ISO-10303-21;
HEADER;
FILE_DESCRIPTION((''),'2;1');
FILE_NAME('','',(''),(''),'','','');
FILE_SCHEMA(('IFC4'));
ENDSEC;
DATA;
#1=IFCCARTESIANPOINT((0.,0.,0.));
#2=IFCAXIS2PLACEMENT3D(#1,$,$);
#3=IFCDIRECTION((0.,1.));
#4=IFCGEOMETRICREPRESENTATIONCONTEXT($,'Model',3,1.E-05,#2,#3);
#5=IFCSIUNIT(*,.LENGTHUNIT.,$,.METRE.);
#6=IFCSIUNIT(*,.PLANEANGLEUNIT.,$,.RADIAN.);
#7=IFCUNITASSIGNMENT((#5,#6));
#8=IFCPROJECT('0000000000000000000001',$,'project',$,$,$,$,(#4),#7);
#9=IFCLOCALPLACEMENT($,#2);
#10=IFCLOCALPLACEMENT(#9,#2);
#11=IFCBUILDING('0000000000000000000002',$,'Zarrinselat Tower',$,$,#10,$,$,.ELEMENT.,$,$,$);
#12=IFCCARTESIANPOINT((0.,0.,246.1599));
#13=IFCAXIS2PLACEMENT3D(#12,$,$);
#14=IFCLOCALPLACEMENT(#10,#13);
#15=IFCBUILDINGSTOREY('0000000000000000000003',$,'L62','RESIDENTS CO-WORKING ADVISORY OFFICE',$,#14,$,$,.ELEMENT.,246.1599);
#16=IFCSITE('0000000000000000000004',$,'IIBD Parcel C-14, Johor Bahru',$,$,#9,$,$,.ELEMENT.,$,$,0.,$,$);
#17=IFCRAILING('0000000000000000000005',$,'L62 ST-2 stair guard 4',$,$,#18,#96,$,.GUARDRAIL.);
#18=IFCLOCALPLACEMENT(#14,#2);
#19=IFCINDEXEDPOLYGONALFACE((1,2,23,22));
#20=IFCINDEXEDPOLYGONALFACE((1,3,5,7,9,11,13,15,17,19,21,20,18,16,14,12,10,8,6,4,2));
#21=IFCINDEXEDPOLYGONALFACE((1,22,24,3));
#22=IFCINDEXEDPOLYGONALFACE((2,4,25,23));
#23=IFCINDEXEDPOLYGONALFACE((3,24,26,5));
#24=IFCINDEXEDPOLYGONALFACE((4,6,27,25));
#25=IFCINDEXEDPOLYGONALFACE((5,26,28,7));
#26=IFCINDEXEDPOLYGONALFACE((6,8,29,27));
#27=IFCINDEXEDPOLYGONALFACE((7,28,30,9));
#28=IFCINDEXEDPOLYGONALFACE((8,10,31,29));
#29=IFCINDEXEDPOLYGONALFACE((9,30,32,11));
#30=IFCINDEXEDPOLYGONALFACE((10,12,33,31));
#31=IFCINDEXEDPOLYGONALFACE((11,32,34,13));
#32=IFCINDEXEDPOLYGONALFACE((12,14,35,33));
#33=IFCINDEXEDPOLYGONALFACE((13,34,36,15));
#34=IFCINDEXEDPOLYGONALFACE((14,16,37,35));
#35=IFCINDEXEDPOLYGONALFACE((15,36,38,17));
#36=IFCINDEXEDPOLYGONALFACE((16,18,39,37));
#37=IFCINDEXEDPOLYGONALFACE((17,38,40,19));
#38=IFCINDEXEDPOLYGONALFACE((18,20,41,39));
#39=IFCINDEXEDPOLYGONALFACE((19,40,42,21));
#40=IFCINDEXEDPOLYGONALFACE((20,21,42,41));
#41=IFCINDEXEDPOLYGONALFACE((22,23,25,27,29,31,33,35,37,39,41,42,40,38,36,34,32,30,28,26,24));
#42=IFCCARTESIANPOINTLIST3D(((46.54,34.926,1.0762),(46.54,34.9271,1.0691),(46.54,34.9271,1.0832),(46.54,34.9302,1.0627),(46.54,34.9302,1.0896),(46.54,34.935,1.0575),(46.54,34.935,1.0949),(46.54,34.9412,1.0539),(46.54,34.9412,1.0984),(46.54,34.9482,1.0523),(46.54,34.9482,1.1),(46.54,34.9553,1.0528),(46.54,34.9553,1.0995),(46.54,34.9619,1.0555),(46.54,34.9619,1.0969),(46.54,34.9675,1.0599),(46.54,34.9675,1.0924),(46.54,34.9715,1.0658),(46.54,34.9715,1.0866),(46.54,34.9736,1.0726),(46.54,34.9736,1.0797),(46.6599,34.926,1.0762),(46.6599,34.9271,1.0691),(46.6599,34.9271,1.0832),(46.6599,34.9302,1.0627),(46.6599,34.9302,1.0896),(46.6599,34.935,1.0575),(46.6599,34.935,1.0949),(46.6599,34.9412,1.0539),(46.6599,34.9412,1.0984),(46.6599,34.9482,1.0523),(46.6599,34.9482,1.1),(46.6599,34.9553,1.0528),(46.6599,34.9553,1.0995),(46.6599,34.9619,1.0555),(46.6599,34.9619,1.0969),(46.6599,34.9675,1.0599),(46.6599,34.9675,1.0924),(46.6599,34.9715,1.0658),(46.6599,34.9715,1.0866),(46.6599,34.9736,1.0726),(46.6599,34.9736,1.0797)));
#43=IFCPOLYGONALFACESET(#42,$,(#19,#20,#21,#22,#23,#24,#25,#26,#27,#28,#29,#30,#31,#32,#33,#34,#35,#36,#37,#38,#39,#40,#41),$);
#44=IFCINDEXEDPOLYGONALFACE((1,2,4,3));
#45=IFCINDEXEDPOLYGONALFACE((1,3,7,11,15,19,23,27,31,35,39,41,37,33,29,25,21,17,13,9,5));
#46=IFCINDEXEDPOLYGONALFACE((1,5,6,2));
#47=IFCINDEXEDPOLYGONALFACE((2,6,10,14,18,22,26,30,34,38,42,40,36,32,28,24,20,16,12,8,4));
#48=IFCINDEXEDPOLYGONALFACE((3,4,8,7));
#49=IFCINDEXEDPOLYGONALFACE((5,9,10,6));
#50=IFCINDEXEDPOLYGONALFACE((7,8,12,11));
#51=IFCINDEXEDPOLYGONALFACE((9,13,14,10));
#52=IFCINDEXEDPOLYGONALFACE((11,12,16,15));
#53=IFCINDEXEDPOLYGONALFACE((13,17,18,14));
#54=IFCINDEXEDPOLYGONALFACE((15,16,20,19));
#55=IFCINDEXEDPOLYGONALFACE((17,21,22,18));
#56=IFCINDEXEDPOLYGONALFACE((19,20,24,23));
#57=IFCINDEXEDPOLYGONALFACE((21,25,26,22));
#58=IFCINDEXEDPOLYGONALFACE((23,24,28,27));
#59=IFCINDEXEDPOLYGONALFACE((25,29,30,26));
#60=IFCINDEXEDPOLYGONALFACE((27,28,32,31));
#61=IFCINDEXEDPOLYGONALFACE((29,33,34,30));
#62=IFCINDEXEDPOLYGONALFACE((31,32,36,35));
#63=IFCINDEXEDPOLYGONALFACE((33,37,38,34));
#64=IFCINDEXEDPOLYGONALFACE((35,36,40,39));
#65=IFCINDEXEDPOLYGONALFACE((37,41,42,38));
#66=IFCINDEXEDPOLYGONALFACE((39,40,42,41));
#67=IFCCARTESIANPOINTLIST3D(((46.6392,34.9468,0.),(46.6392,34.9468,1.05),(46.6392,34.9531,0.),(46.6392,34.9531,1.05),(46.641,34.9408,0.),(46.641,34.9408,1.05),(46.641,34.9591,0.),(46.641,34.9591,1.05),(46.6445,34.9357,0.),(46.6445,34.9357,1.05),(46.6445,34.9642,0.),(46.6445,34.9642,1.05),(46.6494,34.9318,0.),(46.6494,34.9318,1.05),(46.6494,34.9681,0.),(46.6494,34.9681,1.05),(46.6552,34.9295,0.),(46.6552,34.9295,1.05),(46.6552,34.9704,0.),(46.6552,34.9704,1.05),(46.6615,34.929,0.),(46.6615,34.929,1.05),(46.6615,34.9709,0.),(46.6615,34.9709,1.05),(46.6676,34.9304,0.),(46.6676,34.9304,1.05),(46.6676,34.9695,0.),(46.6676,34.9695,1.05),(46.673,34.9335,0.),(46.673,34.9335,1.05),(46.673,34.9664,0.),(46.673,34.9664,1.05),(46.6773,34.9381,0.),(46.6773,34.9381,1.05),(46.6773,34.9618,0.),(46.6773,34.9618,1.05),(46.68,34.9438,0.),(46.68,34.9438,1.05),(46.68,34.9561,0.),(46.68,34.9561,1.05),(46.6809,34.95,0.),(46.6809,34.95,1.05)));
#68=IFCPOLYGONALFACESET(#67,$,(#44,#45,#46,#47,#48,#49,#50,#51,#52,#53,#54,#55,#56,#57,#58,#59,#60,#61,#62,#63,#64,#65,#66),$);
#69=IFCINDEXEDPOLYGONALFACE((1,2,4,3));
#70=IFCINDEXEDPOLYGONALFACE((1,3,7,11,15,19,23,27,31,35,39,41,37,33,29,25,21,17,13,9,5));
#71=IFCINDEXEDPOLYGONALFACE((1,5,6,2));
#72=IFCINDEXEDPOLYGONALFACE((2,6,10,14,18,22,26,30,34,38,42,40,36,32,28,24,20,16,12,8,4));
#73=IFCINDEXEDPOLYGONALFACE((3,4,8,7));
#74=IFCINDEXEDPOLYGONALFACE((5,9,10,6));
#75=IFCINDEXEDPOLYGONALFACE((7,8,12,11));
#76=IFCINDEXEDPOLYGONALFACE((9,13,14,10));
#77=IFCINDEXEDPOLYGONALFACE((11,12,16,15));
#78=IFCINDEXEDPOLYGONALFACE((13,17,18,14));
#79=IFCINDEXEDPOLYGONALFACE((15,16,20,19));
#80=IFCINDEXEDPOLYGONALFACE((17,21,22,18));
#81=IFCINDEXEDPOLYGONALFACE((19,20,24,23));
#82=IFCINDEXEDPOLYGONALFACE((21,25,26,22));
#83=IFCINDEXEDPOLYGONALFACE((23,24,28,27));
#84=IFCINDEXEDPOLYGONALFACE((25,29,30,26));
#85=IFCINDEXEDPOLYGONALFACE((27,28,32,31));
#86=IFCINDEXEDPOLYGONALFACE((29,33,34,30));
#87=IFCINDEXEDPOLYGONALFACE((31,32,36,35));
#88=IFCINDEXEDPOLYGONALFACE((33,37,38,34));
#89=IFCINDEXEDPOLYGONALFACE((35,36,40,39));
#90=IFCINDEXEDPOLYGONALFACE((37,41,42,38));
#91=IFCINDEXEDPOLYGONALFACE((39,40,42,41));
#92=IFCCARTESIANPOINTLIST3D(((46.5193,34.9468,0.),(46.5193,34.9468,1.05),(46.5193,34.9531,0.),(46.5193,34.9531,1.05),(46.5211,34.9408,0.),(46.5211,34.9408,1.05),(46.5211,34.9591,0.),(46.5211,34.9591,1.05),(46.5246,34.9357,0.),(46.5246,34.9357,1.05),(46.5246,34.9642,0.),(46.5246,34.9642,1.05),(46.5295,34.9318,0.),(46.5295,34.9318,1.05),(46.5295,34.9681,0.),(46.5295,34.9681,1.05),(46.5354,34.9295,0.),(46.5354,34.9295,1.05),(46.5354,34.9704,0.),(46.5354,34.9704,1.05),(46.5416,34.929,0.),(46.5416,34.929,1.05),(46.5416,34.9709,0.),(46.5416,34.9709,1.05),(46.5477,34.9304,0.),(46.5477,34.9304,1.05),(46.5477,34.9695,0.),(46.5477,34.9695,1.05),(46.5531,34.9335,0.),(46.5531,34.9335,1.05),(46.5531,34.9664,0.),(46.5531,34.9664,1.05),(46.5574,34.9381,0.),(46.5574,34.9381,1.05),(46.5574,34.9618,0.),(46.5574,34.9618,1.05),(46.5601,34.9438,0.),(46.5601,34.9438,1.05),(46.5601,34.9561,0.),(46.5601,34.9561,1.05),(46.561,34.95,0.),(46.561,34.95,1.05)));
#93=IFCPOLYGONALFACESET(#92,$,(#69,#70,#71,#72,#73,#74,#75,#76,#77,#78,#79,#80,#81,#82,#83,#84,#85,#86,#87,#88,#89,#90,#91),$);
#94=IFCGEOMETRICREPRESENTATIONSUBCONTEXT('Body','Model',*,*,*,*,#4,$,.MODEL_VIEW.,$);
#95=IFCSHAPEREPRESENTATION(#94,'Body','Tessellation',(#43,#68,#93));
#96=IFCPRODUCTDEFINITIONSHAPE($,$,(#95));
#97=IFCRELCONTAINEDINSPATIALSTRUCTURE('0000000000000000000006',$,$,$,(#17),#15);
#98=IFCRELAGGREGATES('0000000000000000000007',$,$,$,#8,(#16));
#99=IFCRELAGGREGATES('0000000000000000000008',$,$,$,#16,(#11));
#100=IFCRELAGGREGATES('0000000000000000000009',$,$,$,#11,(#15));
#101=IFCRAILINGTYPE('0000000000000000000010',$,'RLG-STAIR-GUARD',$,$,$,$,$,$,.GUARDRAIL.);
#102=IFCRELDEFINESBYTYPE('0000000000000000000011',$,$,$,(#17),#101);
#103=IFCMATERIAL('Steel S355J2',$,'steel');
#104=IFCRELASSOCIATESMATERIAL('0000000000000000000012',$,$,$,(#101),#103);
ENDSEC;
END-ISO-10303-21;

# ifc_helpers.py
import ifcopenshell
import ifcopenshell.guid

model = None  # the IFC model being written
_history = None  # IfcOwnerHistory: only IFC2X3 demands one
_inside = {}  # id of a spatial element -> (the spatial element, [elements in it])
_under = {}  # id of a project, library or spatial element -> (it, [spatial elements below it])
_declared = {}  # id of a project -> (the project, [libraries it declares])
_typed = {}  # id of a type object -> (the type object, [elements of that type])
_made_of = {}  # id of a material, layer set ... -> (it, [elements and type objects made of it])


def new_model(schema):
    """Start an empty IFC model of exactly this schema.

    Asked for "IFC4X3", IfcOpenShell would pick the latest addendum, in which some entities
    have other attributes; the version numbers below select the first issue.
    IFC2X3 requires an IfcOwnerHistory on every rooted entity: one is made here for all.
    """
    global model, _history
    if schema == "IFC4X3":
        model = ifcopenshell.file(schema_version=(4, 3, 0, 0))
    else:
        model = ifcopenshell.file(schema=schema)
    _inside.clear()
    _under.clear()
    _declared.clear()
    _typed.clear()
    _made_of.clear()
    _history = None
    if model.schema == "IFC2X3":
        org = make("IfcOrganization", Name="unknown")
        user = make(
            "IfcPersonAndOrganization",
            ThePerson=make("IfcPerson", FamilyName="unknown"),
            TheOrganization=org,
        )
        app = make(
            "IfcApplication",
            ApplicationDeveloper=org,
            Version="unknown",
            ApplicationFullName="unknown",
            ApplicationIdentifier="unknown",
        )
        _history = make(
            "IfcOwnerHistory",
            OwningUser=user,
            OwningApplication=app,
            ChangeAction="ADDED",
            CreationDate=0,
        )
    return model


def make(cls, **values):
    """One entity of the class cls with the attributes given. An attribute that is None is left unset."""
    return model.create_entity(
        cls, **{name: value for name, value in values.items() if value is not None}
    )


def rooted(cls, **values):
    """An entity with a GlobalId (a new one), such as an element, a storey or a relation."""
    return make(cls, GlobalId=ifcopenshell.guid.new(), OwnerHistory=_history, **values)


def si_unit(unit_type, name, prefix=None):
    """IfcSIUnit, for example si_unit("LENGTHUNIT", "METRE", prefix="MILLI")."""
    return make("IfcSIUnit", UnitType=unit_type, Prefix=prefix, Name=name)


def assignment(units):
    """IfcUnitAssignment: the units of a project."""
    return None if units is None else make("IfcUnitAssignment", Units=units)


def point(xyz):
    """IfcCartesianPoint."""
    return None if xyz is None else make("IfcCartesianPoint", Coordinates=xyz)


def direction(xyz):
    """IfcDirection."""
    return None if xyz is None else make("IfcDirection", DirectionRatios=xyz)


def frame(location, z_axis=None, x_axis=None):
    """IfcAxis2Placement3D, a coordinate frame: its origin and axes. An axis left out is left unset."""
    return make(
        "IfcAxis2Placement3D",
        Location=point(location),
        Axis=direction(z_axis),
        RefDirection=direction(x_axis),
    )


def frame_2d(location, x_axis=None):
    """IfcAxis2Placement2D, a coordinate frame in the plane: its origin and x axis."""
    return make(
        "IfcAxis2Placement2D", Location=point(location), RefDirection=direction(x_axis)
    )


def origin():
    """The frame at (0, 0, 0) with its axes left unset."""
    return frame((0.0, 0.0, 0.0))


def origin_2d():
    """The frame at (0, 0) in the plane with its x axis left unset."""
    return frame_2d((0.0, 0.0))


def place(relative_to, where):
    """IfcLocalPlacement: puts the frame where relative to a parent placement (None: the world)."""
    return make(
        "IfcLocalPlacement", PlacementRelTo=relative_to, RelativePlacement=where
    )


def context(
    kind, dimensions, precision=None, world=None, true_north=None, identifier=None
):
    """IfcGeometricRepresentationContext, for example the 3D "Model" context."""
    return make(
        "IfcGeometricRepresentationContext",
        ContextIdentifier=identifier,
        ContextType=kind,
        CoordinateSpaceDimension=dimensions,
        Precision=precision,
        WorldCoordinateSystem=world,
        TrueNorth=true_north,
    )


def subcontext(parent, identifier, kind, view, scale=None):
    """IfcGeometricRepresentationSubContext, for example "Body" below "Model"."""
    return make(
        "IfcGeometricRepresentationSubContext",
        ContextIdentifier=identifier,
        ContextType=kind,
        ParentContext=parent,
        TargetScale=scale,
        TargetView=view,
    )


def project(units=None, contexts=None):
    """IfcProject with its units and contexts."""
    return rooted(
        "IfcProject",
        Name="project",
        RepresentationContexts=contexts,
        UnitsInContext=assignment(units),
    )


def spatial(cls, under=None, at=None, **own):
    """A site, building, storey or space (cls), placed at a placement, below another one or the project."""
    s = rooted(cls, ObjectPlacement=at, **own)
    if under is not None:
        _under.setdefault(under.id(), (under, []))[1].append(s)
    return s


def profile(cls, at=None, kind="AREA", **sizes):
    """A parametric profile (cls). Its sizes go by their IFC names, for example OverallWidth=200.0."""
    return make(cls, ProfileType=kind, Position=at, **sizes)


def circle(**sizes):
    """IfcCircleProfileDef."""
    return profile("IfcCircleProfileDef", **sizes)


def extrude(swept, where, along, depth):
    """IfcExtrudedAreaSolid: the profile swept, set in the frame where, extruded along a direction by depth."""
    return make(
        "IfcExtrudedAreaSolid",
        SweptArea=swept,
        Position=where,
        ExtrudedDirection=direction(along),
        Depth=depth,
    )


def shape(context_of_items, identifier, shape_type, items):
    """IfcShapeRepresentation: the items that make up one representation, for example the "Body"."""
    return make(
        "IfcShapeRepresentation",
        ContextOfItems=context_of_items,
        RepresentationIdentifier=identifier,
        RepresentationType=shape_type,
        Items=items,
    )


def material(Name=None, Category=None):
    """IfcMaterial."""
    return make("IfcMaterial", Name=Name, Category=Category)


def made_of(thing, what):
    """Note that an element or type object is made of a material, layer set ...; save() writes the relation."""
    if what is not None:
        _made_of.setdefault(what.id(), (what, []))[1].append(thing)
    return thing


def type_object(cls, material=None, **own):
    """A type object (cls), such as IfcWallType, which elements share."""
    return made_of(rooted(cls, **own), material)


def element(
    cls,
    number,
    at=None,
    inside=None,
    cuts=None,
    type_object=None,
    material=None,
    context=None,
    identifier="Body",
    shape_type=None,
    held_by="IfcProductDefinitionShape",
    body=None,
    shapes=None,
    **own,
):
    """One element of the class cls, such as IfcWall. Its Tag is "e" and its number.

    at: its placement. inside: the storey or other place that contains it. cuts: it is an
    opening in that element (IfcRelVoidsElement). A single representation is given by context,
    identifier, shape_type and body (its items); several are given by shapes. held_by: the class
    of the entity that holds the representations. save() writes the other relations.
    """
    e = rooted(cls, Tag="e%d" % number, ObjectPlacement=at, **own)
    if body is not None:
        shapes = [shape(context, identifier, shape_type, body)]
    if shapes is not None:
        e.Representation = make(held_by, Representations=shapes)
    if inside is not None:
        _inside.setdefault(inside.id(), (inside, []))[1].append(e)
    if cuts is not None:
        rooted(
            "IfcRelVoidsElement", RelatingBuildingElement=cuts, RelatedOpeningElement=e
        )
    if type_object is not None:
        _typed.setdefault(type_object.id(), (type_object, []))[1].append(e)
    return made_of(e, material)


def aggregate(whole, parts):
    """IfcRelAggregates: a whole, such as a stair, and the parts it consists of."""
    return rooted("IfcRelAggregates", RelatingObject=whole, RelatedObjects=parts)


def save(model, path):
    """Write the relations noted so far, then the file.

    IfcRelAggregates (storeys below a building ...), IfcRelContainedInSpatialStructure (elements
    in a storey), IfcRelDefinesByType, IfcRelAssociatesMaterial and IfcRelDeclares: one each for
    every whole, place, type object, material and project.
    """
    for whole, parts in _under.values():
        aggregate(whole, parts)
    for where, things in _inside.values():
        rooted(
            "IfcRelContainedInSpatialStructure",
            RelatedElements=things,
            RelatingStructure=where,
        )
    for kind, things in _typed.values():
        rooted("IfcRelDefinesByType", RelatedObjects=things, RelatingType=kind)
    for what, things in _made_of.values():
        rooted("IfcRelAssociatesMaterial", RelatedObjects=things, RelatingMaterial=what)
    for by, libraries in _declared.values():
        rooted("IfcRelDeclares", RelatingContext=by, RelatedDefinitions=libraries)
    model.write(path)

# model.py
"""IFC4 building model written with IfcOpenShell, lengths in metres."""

from ifc_helpers import new_model, si_unit, direction, frame, origin, origin_2d, place, context, subcontext, project, spatial, circle, extrude, material, type_object, element, save


model = new_model("IFC4")

# Units and contexts
model_context = context("Model", 3, precision=1e-05, world=origin(), true_north=direction((0.0, 1.0)))
body_context = subcontext(model_context, "Body", "Model", "MODEL_VIEW")
ifc_project = project(units=[si_unit("LENGTHUNIT", "METRE"), si_unit("PLANEANGLEUNIT", "RADIAN")], contexts=[model_context])

# Site, building, storey
site_placement = place(None, origin())
site = spatial("IfcSite", under=ifc_project, at=site_placement, Name="IIBD Parcel C-14, Johor Bahru", CompositionType="ELEMENT", RefElevation=0.0)
building_placement = place(site_placement, origin())
building = spatial("IfcBuilding", under=site, at=building_placement, Name="Zarrinselat Tower", CompositionType="ELEMENT")
storey_placement = place(building_placement, frame((0.0, 0.0, 246.1599)))
storey = spatial("IfcBuildingStorey", under=building, at=storey_placement, Name="L62", Description="RESIDENTS CO-WORKING ADVISORY OFFICE", CompositionType="ELEMENT", Elevation=246.1599)

# Railing
ifc_material_1 = material(Name="Steel S355J2", Category="steel")
railing_type_1 = type_object("IfcRailingType", Name="RLG-STAIR-GUARD", PredefinedType="GUARDRAIL", material=ifc_material_1)
railing_1_placement = place(storey_placement, frame((46.6599, 34.95, 0.0)))
element("IfcRailing", 1, at=railing_1_placement, inside=storey, type_object=railing_type_1, Name="L62 ST-2 stair guard 4", PredefinedType="GUARDRAIL", context=body_context, shape_type="SweptSolid", body=[
    extrude(circle(Radius=0.0239, at=origin_2d()), frame((0.0, 0.0, 1.0762), z_axis=(-1.0, 0.0, 0.0), x_axis=(0.0, -1.0, 0.0)), (0.0, 0.0, 1.0), 0.1199),
    extrude(circle(Radius=0.021, at=origin_2d()), origin(), (0.0, 0.0, 1.0), 1.05),
    extrude(circle(Radius=0.021, at=origin_2d()), frame((-0.1199, 0.0, 0.0)), (0.0, 0.0, 1.0), 1.05),
])

save(model, "model.ifc")
